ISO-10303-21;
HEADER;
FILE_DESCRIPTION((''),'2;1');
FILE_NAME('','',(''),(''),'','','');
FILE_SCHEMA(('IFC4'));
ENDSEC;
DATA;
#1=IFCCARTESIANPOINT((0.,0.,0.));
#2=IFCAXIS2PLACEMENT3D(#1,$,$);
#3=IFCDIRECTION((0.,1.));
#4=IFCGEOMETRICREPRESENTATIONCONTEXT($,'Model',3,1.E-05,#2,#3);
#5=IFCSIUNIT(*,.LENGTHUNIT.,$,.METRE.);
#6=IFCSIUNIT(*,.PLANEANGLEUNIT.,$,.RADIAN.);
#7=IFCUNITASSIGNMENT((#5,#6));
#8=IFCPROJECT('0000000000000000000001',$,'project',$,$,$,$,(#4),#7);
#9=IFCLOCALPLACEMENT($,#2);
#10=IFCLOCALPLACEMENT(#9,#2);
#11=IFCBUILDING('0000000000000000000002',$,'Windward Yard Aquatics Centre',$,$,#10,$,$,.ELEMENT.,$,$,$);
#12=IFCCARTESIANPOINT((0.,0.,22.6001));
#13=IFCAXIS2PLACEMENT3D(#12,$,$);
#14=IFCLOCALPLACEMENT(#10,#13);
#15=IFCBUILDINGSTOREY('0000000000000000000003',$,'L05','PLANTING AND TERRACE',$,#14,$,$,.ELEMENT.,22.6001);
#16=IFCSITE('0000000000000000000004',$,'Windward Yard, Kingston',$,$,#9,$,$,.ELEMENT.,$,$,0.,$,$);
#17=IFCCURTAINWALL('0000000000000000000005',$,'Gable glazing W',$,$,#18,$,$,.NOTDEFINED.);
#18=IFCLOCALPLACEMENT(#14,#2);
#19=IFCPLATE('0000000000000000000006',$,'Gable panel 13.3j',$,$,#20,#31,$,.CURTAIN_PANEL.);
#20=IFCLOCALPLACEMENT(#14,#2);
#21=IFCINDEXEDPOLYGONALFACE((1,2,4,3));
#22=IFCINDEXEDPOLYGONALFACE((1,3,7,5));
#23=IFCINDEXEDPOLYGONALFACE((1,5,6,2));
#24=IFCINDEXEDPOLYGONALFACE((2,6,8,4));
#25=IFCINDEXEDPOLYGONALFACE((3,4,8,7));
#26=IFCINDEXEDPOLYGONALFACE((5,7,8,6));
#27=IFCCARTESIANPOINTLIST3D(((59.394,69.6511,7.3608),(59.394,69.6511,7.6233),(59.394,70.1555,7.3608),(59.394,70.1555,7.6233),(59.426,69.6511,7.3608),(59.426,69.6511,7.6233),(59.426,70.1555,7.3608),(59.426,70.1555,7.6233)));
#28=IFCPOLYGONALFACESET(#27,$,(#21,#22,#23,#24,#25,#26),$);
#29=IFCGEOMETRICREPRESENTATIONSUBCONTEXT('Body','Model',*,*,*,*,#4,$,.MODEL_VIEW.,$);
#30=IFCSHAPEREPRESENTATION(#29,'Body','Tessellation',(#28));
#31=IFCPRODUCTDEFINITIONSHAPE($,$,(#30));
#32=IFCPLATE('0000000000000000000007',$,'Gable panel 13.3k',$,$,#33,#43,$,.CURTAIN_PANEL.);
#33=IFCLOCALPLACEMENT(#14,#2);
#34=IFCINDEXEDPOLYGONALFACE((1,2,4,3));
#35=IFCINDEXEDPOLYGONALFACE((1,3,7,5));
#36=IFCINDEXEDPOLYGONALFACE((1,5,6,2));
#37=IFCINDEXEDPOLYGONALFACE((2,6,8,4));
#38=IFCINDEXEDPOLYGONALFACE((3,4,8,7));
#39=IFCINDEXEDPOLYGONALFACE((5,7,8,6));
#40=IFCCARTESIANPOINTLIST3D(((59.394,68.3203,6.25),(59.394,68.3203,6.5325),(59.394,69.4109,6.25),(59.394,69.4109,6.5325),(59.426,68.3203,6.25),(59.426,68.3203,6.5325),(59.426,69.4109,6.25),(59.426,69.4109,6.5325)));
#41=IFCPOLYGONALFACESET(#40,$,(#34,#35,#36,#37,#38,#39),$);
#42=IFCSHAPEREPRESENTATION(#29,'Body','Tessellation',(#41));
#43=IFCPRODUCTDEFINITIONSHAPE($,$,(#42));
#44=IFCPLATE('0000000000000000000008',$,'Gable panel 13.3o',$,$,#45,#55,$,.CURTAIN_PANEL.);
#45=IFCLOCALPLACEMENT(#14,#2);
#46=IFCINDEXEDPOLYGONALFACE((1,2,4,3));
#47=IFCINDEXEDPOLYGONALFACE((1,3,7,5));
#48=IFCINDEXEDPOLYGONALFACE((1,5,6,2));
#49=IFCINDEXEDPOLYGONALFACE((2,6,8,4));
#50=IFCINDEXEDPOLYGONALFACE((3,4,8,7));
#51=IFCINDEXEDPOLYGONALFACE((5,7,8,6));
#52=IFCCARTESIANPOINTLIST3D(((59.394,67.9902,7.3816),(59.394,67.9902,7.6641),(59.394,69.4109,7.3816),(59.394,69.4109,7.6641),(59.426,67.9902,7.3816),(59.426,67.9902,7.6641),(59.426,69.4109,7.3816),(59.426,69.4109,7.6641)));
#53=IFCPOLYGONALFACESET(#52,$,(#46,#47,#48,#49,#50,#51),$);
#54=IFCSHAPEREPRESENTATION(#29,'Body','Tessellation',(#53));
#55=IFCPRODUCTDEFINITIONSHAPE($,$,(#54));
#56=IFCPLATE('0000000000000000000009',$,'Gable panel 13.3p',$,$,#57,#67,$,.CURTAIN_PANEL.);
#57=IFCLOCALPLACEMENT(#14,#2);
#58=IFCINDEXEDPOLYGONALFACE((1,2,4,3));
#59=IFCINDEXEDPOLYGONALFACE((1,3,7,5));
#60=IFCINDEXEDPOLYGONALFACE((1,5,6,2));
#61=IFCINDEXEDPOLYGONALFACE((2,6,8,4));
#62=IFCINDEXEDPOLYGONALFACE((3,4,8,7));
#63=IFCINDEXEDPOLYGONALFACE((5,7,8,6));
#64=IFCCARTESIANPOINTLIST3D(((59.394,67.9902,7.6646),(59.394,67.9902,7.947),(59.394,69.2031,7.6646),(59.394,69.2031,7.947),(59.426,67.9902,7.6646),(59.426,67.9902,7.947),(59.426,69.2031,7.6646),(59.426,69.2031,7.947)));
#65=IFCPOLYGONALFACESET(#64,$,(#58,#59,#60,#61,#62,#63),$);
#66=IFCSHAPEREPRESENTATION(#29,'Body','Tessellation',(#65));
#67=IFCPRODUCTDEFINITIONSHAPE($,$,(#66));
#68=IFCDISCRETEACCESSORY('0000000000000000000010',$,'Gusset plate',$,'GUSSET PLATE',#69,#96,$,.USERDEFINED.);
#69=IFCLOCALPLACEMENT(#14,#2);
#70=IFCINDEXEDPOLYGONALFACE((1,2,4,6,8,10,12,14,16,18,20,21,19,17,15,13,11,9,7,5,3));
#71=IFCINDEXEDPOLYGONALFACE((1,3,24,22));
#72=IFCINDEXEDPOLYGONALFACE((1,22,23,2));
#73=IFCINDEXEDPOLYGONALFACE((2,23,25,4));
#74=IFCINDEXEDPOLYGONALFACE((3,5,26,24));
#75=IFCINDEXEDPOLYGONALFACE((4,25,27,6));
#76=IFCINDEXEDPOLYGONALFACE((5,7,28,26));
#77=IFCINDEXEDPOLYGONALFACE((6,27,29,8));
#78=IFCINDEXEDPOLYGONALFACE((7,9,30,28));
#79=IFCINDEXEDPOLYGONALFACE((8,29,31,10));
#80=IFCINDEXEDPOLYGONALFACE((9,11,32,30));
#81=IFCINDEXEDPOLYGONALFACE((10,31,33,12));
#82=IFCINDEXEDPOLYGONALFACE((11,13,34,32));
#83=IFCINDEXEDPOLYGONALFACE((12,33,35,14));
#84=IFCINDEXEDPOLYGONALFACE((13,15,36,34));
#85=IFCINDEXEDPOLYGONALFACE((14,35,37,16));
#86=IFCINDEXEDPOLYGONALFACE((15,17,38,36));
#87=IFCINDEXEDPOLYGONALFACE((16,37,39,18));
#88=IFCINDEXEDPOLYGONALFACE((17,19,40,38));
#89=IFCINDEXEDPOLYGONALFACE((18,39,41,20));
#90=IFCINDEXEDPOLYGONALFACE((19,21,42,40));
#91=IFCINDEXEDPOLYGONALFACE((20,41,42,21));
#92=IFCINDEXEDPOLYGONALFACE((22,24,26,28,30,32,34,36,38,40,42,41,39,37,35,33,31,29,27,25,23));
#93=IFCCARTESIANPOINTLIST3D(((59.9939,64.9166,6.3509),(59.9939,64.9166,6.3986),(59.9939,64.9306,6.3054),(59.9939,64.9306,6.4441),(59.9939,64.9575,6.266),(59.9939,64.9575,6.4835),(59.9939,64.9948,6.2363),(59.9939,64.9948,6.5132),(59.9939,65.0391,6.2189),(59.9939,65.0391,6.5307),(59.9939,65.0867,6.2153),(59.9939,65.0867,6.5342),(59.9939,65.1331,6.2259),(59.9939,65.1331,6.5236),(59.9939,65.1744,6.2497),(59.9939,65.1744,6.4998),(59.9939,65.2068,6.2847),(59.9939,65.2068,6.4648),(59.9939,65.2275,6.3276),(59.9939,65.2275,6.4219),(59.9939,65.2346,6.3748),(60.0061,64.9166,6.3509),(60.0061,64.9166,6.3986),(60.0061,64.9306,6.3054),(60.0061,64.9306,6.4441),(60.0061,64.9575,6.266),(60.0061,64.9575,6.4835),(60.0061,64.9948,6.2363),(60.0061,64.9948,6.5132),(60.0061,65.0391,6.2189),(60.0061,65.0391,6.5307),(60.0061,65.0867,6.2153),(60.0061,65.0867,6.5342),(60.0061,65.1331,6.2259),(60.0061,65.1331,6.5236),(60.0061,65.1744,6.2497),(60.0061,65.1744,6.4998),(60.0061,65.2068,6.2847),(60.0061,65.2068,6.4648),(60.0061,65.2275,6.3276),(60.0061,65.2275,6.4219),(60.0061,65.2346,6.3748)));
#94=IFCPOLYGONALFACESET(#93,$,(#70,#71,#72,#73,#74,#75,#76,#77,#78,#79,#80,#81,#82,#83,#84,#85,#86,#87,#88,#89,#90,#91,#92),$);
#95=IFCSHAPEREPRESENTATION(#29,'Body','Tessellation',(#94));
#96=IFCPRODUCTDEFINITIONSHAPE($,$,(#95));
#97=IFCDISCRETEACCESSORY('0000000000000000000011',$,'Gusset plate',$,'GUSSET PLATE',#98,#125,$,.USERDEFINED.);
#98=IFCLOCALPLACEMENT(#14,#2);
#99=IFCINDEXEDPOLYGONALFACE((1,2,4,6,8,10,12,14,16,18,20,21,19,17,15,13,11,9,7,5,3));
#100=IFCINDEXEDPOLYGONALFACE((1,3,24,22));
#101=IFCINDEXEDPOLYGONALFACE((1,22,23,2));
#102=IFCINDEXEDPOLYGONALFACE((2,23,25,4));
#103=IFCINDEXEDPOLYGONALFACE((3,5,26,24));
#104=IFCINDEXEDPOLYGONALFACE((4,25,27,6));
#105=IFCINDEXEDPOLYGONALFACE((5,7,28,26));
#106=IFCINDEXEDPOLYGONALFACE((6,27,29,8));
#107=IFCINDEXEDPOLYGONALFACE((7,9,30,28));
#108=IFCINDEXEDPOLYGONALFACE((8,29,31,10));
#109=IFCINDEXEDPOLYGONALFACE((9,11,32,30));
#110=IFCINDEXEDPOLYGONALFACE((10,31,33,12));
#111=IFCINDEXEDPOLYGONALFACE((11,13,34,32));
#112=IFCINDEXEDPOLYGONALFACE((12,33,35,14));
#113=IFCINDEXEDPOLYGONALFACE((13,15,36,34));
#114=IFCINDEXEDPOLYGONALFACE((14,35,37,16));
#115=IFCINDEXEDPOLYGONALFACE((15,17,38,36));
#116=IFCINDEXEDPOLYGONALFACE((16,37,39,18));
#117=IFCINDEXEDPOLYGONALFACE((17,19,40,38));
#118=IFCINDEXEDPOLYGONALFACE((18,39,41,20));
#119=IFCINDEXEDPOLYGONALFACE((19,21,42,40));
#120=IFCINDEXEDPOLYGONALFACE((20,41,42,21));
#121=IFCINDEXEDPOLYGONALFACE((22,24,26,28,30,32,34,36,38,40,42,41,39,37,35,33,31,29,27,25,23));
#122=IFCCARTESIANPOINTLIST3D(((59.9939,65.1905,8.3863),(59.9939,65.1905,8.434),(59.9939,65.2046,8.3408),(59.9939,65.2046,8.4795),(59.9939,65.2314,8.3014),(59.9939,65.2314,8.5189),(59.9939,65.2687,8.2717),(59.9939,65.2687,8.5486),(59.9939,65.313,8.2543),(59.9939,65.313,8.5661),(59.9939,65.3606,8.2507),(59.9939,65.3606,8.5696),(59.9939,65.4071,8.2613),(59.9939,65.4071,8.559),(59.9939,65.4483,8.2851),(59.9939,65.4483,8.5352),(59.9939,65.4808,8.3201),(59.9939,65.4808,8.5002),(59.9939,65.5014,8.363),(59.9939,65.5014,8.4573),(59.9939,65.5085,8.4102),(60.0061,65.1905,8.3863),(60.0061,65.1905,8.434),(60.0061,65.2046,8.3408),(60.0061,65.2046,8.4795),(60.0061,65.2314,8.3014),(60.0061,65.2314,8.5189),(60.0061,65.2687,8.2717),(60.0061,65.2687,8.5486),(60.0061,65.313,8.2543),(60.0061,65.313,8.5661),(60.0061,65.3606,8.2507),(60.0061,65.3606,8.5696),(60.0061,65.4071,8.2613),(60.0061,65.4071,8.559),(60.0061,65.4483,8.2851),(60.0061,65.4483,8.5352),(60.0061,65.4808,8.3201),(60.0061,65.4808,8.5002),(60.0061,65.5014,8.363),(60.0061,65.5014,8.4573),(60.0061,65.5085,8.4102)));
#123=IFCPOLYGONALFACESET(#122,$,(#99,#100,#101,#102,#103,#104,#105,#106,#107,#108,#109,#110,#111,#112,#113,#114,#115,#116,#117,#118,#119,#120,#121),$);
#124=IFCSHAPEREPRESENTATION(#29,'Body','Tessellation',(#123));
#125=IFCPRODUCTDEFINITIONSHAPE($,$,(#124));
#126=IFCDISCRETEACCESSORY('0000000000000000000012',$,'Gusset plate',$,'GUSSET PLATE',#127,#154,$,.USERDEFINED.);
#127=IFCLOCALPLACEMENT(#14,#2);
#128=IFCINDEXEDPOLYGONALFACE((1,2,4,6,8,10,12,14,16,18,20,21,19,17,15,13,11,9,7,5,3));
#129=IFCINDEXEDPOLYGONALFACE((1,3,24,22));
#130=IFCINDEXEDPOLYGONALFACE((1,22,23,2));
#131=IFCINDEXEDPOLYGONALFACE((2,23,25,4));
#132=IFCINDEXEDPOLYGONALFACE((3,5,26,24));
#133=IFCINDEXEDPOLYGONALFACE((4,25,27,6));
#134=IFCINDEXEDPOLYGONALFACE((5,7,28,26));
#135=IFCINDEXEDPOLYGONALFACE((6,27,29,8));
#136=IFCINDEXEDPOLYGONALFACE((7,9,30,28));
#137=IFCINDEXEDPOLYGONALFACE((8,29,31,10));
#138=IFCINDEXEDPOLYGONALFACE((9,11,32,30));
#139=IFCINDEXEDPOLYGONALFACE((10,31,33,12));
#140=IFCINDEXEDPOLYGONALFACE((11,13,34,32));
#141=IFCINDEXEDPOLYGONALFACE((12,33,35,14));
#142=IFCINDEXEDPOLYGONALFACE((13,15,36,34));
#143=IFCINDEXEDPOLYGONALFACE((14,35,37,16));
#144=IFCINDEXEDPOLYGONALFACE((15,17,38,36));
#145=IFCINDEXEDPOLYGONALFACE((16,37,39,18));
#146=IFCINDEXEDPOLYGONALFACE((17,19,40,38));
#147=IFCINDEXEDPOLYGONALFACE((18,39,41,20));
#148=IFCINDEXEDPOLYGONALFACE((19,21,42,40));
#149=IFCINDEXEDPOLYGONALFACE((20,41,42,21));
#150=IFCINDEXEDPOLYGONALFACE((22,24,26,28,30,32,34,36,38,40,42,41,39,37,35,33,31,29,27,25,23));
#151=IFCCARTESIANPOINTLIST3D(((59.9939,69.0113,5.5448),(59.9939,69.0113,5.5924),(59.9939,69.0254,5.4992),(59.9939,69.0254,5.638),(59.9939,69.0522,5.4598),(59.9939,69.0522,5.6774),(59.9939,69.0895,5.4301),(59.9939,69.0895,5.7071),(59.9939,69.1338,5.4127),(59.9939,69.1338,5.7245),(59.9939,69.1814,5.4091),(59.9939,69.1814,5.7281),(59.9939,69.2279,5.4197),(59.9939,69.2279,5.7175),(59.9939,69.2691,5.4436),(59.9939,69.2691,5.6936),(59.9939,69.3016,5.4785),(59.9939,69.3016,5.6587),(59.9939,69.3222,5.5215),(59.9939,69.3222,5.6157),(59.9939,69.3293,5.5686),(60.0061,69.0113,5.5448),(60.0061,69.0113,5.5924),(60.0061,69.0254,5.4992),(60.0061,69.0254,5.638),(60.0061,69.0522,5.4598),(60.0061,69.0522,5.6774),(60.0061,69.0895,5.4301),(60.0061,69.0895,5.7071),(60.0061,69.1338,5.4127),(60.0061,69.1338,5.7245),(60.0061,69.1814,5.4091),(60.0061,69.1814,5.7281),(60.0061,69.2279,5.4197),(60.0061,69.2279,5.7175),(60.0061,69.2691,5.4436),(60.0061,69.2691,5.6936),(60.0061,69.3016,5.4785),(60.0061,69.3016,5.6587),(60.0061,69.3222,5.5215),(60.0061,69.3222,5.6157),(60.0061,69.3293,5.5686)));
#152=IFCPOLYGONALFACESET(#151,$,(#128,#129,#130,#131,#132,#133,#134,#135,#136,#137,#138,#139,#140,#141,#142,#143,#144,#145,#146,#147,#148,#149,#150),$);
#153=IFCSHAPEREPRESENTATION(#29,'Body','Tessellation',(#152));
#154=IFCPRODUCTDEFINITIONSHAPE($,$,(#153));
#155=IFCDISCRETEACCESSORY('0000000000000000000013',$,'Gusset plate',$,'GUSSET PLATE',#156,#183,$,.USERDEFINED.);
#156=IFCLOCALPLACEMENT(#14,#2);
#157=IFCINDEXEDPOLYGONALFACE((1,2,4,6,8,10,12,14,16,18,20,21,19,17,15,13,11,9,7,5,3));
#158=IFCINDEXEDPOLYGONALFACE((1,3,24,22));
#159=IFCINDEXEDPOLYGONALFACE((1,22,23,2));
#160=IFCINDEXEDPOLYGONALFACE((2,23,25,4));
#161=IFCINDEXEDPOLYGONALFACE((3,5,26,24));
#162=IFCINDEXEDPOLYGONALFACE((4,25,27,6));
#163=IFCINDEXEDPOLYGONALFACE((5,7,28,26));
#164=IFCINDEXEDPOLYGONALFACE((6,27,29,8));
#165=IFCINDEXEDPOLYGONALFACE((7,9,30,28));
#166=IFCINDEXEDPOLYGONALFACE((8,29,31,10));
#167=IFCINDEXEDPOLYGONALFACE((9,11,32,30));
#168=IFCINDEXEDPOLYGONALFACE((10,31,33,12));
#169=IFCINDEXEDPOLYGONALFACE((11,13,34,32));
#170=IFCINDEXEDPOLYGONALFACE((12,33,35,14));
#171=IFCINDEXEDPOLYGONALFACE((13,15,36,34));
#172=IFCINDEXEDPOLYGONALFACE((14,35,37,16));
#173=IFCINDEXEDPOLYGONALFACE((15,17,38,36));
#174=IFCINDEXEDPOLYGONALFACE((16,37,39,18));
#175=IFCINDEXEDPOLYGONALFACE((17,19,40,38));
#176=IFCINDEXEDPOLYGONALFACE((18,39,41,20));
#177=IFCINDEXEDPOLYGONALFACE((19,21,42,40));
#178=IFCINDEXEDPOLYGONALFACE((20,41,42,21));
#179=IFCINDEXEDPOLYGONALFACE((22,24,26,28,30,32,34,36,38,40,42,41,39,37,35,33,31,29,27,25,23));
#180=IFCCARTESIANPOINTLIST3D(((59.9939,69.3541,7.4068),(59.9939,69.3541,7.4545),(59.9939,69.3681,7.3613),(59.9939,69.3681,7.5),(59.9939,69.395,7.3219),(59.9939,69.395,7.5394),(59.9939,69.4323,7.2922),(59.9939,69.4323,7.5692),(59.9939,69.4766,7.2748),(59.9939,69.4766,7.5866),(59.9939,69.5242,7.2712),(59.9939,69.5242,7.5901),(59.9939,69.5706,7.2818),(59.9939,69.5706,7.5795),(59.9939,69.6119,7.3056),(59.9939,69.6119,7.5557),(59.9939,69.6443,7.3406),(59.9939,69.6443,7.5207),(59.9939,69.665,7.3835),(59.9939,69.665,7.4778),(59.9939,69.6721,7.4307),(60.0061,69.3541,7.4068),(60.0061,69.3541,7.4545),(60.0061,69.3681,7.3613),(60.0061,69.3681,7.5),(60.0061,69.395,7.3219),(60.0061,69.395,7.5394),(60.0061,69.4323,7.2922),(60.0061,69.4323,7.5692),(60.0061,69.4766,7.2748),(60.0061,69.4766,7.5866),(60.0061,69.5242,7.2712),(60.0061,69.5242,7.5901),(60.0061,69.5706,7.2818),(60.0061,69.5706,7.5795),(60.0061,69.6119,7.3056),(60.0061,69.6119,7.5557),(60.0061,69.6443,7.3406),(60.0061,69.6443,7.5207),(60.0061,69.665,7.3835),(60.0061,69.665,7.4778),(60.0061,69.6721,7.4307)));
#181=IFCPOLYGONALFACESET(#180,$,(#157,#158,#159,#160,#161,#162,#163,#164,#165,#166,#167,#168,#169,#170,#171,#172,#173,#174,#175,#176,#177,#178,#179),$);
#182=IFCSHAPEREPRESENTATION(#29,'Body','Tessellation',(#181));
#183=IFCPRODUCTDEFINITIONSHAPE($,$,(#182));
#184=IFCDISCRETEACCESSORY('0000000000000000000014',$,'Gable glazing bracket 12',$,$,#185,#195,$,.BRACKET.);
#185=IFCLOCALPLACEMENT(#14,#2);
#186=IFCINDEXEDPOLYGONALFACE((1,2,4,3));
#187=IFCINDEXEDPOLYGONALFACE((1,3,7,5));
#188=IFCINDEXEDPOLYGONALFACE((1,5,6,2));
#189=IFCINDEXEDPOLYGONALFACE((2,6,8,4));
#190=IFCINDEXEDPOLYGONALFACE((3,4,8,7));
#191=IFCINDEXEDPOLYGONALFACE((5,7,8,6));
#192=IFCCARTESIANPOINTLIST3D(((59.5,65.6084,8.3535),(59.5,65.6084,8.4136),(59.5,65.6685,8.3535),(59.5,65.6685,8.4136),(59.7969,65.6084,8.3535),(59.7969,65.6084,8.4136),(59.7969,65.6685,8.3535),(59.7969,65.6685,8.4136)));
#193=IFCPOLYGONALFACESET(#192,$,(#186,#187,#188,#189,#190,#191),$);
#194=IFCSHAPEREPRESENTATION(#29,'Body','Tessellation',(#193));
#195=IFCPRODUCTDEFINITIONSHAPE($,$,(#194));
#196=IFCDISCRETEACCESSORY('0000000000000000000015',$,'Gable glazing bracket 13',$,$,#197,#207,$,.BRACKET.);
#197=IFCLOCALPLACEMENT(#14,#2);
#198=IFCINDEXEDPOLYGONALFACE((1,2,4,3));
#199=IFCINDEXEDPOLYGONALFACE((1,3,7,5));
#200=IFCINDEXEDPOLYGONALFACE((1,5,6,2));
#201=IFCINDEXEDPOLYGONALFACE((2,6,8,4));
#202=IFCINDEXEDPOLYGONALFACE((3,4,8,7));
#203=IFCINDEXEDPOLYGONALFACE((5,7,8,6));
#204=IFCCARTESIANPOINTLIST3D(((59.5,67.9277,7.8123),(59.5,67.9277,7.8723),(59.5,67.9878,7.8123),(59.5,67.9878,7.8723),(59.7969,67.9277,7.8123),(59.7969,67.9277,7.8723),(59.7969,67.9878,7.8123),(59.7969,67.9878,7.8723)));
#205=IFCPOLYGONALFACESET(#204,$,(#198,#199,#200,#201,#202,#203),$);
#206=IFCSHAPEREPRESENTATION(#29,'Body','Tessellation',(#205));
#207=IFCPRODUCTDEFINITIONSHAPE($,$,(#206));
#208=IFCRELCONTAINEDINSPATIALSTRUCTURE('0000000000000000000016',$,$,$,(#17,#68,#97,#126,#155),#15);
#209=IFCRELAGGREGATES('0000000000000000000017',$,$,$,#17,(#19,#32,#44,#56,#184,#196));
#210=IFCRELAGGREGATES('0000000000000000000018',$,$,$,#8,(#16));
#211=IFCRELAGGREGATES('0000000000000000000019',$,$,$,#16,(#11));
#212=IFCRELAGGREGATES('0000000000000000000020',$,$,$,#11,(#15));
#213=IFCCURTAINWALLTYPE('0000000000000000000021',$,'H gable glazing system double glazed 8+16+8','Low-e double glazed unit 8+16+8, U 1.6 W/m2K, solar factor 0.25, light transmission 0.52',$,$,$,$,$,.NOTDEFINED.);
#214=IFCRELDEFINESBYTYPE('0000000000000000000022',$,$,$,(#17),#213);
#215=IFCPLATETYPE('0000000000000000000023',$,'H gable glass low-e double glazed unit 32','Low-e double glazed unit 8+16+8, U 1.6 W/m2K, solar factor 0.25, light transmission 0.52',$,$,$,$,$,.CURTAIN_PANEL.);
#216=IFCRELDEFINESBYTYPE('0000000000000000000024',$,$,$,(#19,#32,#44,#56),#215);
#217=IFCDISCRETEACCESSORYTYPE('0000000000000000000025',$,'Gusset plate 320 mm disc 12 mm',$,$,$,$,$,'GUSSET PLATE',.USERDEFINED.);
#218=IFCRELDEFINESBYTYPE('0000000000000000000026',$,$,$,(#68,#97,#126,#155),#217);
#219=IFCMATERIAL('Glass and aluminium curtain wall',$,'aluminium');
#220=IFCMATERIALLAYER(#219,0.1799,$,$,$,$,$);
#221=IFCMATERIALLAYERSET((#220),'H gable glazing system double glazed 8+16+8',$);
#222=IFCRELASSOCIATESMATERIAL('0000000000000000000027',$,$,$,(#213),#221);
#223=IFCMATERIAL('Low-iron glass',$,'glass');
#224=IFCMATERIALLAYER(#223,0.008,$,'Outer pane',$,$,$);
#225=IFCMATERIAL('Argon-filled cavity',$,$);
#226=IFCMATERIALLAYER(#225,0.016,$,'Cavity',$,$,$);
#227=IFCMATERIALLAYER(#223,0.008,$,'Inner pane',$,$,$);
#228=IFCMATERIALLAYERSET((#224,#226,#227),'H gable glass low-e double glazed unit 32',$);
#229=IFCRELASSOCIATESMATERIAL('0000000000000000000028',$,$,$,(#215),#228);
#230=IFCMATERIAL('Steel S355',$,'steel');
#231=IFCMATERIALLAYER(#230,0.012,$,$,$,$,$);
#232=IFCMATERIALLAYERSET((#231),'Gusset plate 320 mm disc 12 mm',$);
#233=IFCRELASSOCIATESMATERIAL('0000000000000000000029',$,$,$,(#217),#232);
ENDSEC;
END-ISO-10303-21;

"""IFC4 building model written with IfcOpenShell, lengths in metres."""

from ifc_helpers import new_model, si_unit, direction, frame, origin, origin_2d, place, context, subcontext, project, spatial, polyline, rectangle, circle, outline, extrude, material, layer, layer_set, type_object, element, aggregate, save


model = new_model("IFC4")

# Units and contexts
model_context = context("Model", 3, precision=1e-05, world=origin(), true_north=direction((0.0, 1.0)))
body_context = subcontext(model_context, "Body", "Model", "MODEL_VIEW")
ifc_project = project(units=[si_unit("LENGTHUNIT", "METRE"), si_unit("PLANEANGLEUNIT", "RADIAN")], contexts=[model_context])

# Site, building, storey
site_placement = place(None, origin())
site = spatial("IfcSite", under=ifc_project, at=site_placement, Name="Windward Yard, Kingston", CompositionType="ELEMENT", RefElevation=0.0)
building_placement = place(site_placement, origin())
building = spatial("IfcBuilding", under=site, at=building_placement, Name="Windward Yard Aquatics Centre", CompositionType="ELEMENT")
storey_placement = place(building_placement, frame((0.0, 0.0, 22.6001)))
storey = spatial("IfcBuildingStorey", under=building, at=storey_placement, Name="L05", Description="PLANTING AND TERRACE", CompositionType="ELEMENT", Elevation=22.6001)

# Curtain wall, plates
ifc_material_1 = material(Name="Glass and aluminium curtain wall", Category="aluminium")
ifc_layer_1 = layer(ifc_material_1, 0.1799)
ifc_layer_set_1 = layer_set([ifc_layer_1], Name="H gable glazing system double glazed 8+16+8")
curtain_wall_type = type_object("IfcCurtainWallType", Name="H gable glazing system double glazed 8+16+8", Description="Low-e double glazed unit 8+16+8, U 1.6 W/m2K, solar factor 0.25, light transmission 0.52", PredefinedType="NOTDEFINED", material=ifc_layer_set_1)
curtain_wall_placement = place(storey_placement, origin())
curtain_wall = element("IfcCurtainWall", 1, at=curtain_wall_placement, inside=storey, type_object=curtain_wall_type, Name="Gable glazing W", PredefinedType="NOTDEFINED")
ifc_material_2 = material(Name="Low-iron glass", Category="glass")
ifc_layer_2 = layer(ifc_material_2, 0.008, Name="Outer pane")
ifc_material_3 = material(Name="Argon-filled cavity")
ifc_layer_3 = layer(ifc_material_3, 0.016, Name="Cavity")
ifc_layer_4 = layer(ifc_material_2, 0.008, Name="Inner pane")
ifc_layer_set_2 = layer_set([ifc_layer_2, ifc_layer_3, ifc_layer_4], Name="H gable glass low-e double glazed unit 32")
plate_type = type_object("IfcPlateType", Name="H gable glass low-e double glazed unit 32", Description="Low-e double glazed unit 8+16+8, U 1.6 W/m2K, solar factor 0.25, light transmission 0.52", PredefinedType="CURTAIN_PANEL", material=ifc_layer_set_2)
plate_1_placement = place(storey_placement, frame((59.426, 69.6511, 7.3608), z_axis=(1.0, 0.0, 0.0), x_axis=(0.0, 1.0, 0.0)))
plate_1 = element("IfcPlate", 2, at=plate_1_placement, type_object=plate_type, Name="Gable panel 13.3j", PredefinedType="CURTAIN_PANEL", context=body_context, shape_type="SweptSolid", body=[
    extrude(outline(polyline([(0.0, 0.0), (0.5044, 0.0), (0.5044, 0.2625), (0.0, 0.2625), (0.0, 0.0)])), origin(), (0.0, 0.0, -1.0), 0.032),
])
plate_2_placement = place(storey_placement, frame((59.426, 68.3203, 6.25), z_axis=(1.0, 0.0, 0.0), x_axis=(0.0, 1.0, 0.0)))
plate_2 = element("IfcPlate", 3, at=plate_2_placement, type_object=plate_type, Name="Gable panel 13.3k", PredefinedType="CURTAIN_PANEL", context=body_context, shape_type="SweptSolid", body=[
    extrude(outline(polyline([(0.0, 0.0), (1.0906, 0.0), (1.0906, 0.2825), (0.0, 0.2825), (0.0, 0.0)])), origin(), (0.0, 0.0, -1.0), 0.032),
])
plate_3_placement = place(storey_placement, frame((59.426, 67.9902, 7.3816), z_axis=(1.0, 0.0, 0.0), x_axis=(0.0, 1.0, 0.0)))
plate_3 = element("IfcPlate", 4, at=plate_3_placement, type_object=plate_type, Name="Gable panel 13.3o", PredefinedType="CURTAIN_PANEL", context=body_context, shape_type="SweptSolid", body=[
    extrude(outline(polyline([(0.0, 0.0), (1.4207, 0.0), (1.4207, 0.2825), (0.0, 0.2825), (0.0, 0.0)])), origin(), (0.0, 0.0, -1.0), 0.032),
])
plate_4_placement = place(storey_placement, frame((59.426, 67.9902, 7.6646), z_axis=(1.0, 0.0, 0.0), x_axis=(0.0, 1.0, 0.0)))
plate_4 = element("IfcPlate", 5, at=plate_4_placement, type_object=plate_type, Name="Gable panel 13.3p", PredefinedType="CURTAIN_PANEL", context=body_context, shape_type="SweptSolid", body=[
    extrude(outline(polyline([(0.0, 0.0), (1.2129, 0.0), (1.2129, 0.2825), (0.0, 0.2825), (0.0, 0.0)])), origin(), (0.0, 0.0, -1.0), 0.032),
])

# Discrete accessories
ifc_material_4 = material(Name="Steel S355", Category="steel")
ifc_layer_5 = layer(ifc_material_4, 0.012)
ifc_layer_set_3 = layer_set([ifc_layer_5], Name="Gusset plate 320 mm disc 12 mm")
discrete_accessory_type = type_object("IfcDiscreteAccessoryType", Name="Gusset plate 320 mm disc 12 mm", ElementType="GUSSET PLATE", PredefinedType="USERDEFINED", material=ifc_layer_set_3)
for number, where, z_axis, x_axis, name in (
    (6, (59.9939, 65.0747, 6.3748), (1.0, 0.0, 0.0), (0.0, 1.0, 0.0), "Gusset plate"),
    (7, (59.9939, 65.3486, 8.4102), (1.0, 0.0, 0.0), (0.0, 1.0, 0.0), "Gusset plate"),
    (8, (59.9939, 69.1694, 5.5686), (1.0, 0.0, 0.0), (0.0, 1.0, 0.0), "Gusset plate"),
    (9, (59.9939, 69.5122, 7.4307), (1.0, 0.0, 0.0), (0.0, 1.0, 0.0), "Gusset plate"),
):
    element("IfcDiscreteAccessory", number, at=place(storey_placement, frame(where, z_axis=z_axis, x_axis=x_axis)), inside=storey, type_object=discrete_accessory_type, Name=name, ObjectType="GUSSET PLATE", PredefinedType="USERDEFINED", context=body_context, shape_type="SweptSolid", body=[
        extrude(circle(Radius=0.1599, at=origin_2d()), origin(), (0.0, 0.0, 1.0), 0.0122),
    ])

# Discrete accessories
discrete_accessory_1_placement = place(storey_placement, frame((59.5, 65.6384, 8.3835), z_axis=(1.0, 0.0, 0.0), x_axis=(0.0, 1.0, 0.0)))
discrete_accessory_1 = element("IfcDiscreteAccessory", 10, at=discrete_accessory_1_placement, Name="Gable glazing bracket 12", PredefinedType="BRACKET", context=body_context, shape_type="SweptSolid", body=[
    extrude(rectangle(XDim=0.0601, YDim=0.0601, at=origin_2d()), origin(), (0.0, 0.0, 1.0), 0.2969),
])
discrete_accessory_2_placement = place(storey_placement, frame((59.5, 67.9578, 7.8423), z_axis=(1.0, 0.0, 0.0), x_axis=(0.0, 1.0, 0.0)))
discrete_accessory_2 = element("IfcDiscreteAccessory", 11, at=discrete_accessory_2_placement, Name="Gable glazing bracket 13", PredefinedType="BRACKET", context=body_context, shape_type="SweptSolid", body=[
    extrude(rectangle(XDim=0.0601, YDim=0.0601, at=origin_2d()), origin(), (0.0, 0.0, 1.0), 0.2969),
])
aggregate(curtain_wall, [plate_1, plate_2, plate_3, plate_4, discrete_accessory_1, discrete_accessory_2])

save(model, "model.ifc")
